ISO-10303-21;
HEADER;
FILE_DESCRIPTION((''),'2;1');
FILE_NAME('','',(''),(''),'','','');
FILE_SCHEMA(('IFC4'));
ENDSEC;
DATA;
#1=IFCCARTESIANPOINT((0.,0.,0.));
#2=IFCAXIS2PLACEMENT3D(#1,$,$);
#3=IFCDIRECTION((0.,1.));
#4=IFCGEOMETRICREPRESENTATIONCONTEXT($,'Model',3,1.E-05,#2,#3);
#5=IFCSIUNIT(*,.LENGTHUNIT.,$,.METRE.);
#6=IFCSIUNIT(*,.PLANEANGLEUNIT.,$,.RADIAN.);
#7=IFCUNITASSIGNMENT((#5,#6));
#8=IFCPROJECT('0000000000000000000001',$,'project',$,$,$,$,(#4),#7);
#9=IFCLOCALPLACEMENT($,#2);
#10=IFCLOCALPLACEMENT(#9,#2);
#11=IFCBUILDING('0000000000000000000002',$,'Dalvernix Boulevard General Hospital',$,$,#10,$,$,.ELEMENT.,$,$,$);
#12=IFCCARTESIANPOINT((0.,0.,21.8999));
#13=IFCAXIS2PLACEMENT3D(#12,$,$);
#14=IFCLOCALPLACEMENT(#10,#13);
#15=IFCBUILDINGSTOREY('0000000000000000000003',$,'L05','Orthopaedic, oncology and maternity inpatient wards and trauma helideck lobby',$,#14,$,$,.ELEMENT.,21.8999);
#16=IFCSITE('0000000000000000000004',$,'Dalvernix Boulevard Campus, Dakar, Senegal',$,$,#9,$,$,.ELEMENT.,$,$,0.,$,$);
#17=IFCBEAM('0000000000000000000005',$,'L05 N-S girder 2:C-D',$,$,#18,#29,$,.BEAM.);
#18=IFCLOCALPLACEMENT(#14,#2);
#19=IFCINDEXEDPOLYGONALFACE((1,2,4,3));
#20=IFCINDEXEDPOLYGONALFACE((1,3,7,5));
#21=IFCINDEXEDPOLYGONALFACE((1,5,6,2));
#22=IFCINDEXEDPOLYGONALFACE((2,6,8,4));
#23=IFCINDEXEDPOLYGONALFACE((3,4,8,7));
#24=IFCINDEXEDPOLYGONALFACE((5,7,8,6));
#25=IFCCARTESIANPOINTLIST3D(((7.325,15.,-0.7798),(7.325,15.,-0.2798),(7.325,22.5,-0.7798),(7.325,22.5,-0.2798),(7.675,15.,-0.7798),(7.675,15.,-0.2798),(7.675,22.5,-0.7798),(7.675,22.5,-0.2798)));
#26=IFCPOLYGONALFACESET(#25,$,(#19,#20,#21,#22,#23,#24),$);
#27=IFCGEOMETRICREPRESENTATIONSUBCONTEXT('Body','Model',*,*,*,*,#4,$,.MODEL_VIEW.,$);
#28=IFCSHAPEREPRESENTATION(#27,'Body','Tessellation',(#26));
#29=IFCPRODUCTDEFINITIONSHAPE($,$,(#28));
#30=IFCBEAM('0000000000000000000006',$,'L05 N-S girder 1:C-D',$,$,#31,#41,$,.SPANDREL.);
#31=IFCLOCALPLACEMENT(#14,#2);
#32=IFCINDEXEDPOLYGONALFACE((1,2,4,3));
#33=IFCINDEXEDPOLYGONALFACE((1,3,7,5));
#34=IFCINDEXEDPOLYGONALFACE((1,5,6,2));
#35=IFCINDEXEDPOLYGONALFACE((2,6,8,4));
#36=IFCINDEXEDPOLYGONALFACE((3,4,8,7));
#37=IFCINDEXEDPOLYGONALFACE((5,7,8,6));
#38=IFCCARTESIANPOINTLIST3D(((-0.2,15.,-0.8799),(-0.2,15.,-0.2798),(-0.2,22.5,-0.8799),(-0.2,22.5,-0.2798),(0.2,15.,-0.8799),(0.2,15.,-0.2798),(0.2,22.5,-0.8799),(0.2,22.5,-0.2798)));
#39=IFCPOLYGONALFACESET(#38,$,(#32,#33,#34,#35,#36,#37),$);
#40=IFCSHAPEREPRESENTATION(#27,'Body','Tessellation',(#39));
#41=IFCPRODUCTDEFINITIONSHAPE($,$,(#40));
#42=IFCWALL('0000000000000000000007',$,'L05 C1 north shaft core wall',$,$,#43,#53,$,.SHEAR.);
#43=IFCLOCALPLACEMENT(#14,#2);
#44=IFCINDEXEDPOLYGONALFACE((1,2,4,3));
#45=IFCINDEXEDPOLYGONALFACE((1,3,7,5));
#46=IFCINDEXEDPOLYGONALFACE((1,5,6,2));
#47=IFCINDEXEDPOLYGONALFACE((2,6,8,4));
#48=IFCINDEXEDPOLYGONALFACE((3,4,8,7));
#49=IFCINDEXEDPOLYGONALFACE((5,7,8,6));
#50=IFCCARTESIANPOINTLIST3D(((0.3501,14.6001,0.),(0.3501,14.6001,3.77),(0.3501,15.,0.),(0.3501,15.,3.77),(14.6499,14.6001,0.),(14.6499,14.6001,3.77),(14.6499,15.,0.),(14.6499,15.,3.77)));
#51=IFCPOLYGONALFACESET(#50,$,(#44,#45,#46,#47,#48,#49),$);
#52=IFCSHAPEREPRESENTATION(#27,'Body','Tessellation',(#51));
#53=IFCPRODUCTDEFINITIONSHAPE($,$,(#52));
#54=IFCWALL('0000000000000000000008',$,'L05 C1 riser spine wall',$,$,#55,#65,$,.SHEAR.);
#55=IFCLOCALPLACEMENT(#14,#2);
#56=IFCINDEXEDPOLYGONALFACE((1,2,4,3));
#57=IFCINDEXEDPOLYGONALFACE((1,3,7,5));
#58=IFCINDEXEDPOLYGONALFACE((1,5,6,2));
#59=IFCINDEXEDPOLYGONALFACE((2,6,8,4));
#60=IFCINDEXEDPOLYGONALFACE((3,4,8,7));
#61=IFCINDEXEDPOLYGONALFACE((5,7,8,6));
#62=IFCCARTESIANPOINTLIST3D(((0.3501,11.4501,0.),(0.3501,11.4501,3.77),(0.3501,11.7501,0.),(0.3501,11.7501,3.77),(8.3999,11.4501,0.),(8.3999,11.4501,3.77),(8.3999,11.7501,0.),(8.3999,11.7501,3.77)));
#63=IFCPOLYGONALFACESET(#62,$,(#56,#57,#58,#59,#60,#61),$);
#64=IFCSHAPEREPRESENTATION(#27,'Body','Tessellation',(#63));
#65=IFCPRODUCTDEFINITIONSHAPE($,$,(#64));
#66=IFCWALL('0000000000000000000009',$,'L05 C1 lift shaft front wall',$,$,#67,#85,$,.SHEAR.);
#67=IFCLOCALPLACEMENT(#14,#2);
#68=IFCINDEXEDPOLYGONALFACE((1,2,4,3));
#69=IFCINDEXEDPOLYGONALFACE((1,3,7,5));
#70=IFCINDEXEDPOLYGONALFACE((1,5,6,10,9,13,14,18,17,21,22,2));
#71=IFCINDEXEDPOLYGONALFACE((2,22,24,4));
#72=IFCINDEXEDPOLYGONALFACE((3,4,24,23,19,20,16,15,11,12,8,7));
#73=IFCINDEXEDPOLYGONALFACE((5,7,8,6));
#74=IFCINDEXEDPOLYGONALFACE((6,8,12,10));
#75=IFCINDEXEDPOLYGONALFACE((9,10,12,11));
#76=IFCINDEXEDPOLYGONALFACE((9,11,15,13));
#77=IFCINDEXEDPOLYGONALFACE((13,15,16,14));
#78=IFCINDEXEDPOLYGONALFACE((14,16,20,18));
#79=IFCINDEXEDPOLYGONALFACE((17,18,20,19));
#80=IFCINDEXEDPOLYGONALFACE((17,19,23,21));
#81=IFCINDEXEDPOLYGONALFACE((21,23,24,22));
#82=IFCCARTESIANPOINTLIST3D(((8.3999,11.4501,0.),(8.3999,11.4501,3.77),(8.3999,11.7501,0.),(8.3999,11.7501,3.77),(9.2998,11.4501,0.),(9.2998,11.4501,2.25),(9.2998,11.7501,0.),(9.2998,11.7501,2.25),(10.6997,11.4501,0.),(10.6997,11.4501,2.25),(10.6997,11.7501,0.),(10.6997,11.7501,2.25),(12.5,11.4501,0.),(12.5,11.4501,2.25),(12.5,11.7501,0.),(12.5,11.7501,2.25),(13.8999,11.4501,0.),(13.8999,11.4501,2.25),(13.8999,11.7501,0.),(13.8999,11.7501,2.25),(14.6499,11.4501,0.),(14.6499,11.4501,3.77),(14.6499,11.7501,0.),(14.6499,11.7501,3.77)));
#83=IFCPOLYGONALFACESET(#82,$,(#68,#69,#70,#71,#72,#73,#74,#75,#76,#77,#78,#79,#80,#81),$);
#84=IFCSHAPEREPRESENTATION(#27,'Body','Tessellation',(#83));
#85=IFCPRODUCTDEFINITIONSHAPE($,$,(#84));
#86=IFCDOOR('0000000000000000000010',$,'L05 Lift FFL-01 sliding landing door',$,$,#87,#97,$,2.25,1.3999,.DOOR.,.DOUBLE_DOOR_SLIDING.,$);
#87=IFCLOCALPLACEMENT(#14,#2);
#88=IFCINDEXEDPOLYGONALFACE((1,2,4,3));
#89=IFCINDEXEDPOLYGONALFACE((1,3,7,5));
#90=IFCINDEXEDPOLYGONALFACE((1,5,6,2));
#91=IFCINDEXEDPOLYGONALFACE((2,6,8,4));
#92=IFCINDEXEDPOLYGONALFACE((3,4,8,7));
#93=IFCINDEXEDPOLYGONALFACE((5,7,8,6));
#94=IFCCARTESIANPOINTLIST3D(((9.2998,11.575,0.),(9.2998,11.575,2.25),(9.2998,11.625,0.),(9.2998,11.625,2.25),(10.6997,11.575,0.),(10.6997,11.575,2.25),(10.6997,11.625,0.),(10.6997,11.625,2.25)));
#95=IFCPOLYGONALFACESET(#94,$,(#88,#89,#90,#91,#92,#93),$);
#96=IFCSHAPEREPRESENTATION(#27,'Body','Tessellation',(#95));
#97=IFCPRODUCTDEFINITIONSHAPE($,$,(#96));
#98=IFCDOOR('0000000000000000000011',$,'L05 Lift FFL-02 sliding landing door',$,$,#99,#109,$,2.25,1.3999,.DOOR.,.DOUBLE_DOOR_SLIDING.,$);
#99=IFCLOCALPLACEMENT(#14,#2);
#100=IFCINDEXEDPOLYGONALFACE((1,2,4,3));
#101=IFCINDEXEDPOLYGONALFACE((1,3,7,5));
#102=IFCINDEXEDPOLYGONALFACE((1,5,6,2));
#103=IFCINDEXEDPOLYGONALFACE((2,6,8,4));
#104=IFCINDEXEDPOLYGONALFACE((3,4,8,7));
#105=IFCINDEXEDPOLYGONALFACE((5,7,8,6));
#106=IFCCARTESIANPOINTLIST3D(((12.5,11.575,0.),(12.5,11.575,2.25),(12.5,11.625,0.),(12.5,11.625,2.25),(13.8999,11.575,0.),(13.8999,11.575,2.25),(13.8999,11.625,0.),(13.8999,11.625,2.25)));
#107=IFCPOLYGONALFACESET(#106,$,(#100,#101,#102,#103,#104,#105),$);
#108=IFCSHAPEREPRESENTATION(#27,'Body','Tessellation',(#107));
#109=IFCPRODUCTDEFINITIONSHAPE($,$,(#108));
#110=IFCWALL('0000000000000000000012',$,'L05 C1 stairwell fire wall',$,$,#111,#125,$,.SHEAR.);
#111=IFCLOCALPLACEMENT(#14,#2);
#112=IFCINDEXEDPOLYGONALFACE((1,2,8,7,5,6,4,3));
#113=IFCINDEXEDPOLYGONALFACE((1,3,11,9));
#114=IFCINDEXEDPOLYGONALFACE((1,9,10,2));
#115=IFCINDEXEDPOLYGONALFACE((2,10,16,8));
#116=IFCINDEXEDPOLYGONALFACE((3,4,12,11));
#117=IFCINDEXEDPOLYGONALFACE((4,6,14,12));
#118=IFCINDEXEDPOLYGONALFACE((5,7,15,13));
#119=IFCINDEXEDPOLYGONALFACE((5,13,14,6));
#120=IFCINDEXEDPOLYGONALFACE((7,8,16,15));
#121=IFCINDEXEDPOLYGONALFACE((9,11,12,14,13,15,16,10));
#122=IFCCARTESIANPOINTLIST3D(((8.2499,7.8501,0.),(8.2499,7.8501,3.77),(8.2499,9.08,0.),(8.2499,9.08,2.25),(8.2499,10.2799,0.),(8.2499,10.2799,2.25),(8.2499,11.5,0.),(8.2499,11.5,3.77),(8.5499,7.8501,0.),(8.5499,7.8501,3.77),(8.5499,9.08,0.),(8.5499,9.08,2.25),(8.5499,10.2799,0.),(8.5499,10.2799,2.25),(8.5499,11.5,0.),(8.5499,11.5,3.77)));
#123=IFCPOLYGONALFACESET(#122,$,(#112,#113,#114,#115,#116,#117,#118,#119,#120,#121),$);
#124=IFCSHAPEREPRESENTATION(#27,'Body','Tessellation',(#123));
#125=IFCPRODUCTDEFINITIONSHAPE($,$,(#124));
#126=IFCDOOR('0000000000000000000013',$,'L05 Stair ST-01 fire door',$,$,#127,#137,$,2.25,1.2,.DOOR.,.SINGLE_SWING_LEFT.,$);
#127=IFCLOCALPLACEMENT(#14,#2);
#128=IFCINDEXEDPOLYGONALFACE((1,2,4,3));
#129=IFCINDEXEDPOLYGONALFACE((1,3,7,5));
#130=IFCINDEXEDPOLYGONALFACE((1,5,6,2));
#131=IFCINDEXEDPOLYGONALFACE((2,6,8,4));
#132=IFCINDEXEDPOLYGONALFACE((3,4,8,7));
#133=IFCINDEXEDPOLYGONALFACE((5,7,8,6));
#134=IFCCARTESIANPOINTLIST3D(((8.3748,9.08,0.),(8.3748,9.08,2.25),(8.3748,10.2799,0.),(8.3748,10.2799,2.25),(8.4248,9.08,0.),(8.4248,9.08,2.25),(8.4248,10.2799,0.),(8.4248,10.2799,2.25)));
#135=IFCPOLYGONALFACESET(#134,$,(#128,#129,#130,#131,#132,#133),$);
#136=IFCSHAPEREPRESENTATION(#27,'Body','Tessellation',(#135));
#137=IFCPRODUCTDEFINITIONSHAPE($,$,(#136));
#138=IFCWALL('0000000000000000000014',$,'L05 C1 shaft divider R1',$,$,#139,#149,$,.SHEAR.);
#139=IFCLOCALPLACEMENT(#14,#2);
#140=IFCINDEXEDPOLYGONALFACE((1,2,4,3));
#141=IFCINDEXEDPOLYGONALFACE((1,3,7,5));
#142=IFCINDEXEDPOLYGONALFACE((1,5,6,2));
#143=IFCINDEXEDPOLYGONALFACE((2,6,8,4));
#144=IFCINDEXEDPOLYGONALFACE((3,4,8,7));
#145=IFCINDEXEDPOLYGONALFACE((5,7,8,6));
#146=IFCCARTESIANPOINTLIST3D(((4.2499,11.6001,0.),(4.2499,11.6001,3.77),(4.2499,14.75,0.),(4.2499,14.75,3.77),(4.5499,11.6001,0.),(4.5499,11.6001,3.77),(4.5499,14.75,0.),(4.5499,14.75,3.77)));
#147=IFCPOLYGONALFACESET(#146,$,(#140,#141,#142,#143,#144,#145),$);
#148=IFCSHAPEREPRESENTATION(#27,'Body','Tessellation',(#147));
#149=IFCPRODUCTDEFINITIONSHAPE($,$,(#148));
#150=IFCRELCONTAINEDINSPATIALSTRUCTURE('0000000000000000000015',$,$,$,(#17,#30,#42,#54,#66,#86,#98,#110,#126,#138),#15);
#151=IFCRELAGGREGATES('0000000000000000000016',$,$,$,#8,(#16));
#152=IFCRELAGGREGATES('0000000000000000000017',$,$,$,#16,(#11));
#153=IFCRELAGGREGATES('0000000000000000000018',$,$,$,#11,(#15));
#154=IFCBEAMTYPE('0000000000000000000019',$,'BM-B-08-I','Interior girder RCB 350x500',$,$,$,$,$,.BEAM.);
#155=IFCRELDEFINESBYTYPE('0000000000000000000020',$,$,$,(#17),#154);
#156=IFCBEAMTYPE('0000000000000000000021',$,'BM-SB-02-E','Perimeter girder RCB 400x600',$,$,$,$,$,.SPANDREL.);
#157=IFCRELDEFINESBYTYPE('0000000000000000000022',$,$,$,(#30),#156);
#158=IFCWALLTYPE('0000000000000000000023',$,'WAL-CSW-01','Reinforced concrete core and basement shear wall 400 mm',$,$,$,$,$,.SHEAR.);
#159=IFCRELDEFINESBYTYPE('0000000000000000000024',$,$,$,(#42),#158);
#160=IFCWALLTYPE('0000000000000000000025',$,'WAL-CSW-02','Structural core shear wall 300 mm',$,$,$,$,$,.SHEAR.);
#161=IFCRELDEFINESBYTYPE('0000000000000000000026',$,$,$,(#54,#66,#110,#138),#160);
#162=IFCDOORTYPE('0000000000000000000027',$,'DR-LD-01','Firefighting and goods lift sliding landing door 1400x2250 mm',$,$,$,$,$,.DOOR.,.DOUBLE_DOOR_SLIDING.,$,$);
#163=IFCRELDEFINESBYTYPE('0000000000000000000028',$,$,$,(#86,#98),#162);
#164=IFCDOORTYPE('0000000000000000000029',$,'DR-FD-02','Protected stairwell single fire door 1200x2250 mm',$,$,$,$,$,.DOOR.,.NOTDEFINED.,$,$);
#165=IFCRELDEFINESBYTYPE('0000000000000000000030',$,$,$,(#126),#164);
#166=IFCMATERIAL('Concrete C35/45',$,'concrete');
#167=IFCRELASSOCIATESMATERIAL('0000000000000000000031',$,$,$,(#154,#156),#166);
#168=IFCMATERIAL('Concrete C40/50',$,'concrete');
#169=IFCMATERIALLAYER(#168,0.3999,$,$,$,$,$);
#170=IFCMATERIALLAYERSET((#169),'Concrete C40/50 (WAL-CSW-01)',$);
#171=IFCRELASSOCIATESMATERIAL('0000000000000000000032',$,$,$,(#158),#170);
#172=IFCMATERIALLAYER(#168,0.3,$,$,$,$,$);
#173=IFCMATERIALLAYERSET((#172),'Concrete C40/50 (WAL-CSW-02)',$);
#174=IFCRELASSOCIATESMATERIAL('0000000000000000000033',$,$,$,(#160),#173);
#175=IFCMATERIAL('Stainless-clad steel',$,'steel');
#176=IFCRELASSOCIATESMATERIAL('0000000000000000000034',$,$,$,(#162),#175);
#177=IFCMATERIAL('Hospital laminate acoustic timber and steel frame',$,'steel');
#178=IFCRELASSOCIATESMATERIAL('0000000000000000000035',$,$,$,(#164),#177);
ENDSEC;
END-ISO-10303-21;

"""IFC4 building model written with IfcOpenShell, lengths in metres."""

from ifc_helpers import new_model, si_unit, direction, frame, frame_2d, origin, origin_2d, place, context, subcontext, project, spatial, rectangle, extrude, material, layer, layer_set, material_profile, profile_set, type_object, element, fill, save


model = new_model("IFC4")

# Units and contexts
model_context = context("Model", 3, precision=1e-05, world=origin(), true_north=direction((0.0, 1.0)))
body_context = subcontext(model_context, "Body", "Model", "MODEL_VIEW")
ifc_project = project(units=[si_unit("LENGTHUNIT", "METRE"), si_unit("PLANEANGLEUNIT", "RADIAN")], contexts=[model_context])

# Site, building, storey
site_placement = place(None, origin())
site = spatial("IfcSite", under=ifc_project, at=site_placement, Name="Dalvernix Boulevard Campus, Dakar, Senegal", CompositionType="ELEMENT", RefElevation=0.0)
building_placement = place(site_placement, origin())
building = spatial("IfcBuilding", under=site, at=building_placement, Name="Dalvernix Boulevard General Hospital", CompositionType="ELEMENT")
storey_placement = place(building_placement, frame((0.0, 0.0, 21.8999)))
storey = spatial("IfcBuildingStorey", under=building, at=storey_placement, Name="L05", Description="Orthopaedic, oncology and maternity inpatient wards and trauma helideck lobby", CompositionType="ELEMENT", Elevation=21.8999)

# Shared definitions
ifc_material_1 = material(Name="Concrete C40/50", Category="concrete")

# Beams
ifc_material_2 = material(Name="Concrete C35/45", Category="concrete")
ifc_material_profile_1 = material_profile(ifc_material_2, rectangle(XDim=0.3501, YDim=0.5, at=origin_2d()), Name="RCB 350x500")
ifc_profile_set_1 = profile_set([ifc_material_profile_1], Name="Concrete C35/45")
beam_type_1 = type_object("IfcBeamType", Name="BM-B-08-I", Description="Interior girder RCB 350x500", PredefinedType="BEAM", material=ifc_profile_set_1)
beam_1_placement = place(storey_placement, frame((7.5, 15.0, -0.5298), z_axis=(0.0, 1.0, 0.0), x_axis=(-1.0, 0.0, 0.0)))
element("IfcBeam", 1, at=beam_1_placement, inside=storey, type_object=beam_type_1, Name="L05 N-S girder 2:C-D", PredefinedType="BEAM", context=body_context, shape_type="SweptSolid", body=[
    extrude(rectangle(XDim=0.3501, YDim=0.5, at=origin_2d()), origin(), (0.0, 0.0, 1.0), 7.5),
])
ifc_material_profile_2 = material_profile(ifc_material_2, rectangle(XDim=0.3999, YDim=0.6001, at=origin_2d()), Name="RCB 400x600")
ifc_profile_set_2 = profile_set([ifc_material_profile_2], Name="Concrete C35/45")
beam_type_2 = type_object("IfcBeamType", Name="BM-SB-02-E", Description="Perimeter girder RCB 400x600", PredefinedType="SPANDREL", material=ifc_profile_set_2)
beam_2_placement = place(storey_placement, frame((0.0, 15.0, -0.5798), z_axis=(0.0, 1.0, 0.0), x_axis=(-1.0, 0.0, 0.0)))
element("IfcBeam", 2, at=beam_2_placement, inside=storey, type_object=beam_type_2, Name="L05 N-S girder 1:C-D", PredefinedType="SPANDREL", context=body_context, shape_type="SweptSolid", body=[
    extrude(rectangle(XDim=0.3999, YDim=0.6001, at=origin_2d()), origin(), (0.0, 0.0, 1.0), 7.5),
])

# Walls
ifc_layer_1 = layer(ifc_material_1, 0.3999)
ifc_layer_set_1 = layer_set([ifc_layer_1], Name="Concrete C40/50 (WAL-CSW-01)")
wall_type_1 = type_object("IfcWallType", Name="WAL-CSW-01", Description="Reinforced concrete core and basement shear wall 400 mm", PredefinedType="SHEAR", material=ifc_layer_set_1)
wall_1_placement = place(storey_placement, frame((0.3501, 14.8, 0.0), z_axis=(0.0, 0.0, 1.0), x_axis=(1.0, 0.0, 0.0)))
element("IfcWall", 3, at=wall_1_placement, inside=storey, type_object=wall_type_1, Name="L05 C1 north shaft core wall", PredefinedType="SHEAR", context=body_context, shape_type="SweptSolid", body=[
    extrude(rectangle(XDim=14.2998, YDim=0.3999, at=frame_2d((7.1499, 0.0))), origin(), (0.0, 0.0, 1.0), 3.77),
])
ifc_layer_2 = layer(ifc_material_1, 0.3)
ifc_layer_set_2 = layer_set([ifc_layer_2], Name="Concrete C40/50 (WAL-CSW-02)")
wall_type_2 = type_object("IfcWallType", Name="WAL-CSW-02", Description="Structural core shear wall 300 mm", PredefinedType="SHEAR", material=ifc_layer_set_2)
wall_2_placement = place(storey_placement, frame((0.3501, 11.6001, 0.0), z_axis=(0.0, 0.0, 1.0), x_axis=(1.0, 0.0, 0.0)))
element("IfcWall", 4, at=wall_2_placement, inside=storey, type_object=wall_type_2, Name="L05 C1 riser spine wall", PredefinedType="SHEAR", context=body_context, shape_type="SweptSolid", body=[
    extrude(rectangle(XDim=8.0498, YDim=0.3, at=frame_2d((4.0249, 0.0))), origin(), (0.0, 0.0, 1.0), 3.77),
])

# Wall, openings, doors
wall_3_placement = place(storey_placement, frame((8.3999, 11.6001, 0.0), z_axis=(0.0, 0.0, 1.0), x_axis=(1.0, 0.0, 0.0)))
wall_3 = element("IfcWall", 5, at=wall_3_placement, inside=storey, type_object=wall_type_2, Name="L05 C1 lift shaft front wall", PredefinedType="SHEAR", context=body_context, shape_type="SweptSolid", body=[
    extrude(rectangle(XDim=6.25, YDim=0.3, at=frame_2d((3.125, 0.0))), origin(), (0.0, 0.0, 1.0), 3.77),
])
opening_1_placement = place(wall_3_placement, frame((0.8999, 0.0, 0.0)))
opening_1 = element("IfcOpeningElement", 6, at=opening_1_placement, cuts=wall_3, PredefinedType="OPENING", context=body_context, shape_type="SweptSolid", body=[
    extrude(rectangle(XDim=1.3999, YDim=2.25, at=frame_2d((0.7, 1.125))), frame((0.0, 0.1599, 0.0), z_axis=(0.0, -1.0, 0.0), x_axis=(1.0, 0.0, 0.0)), (0.0, 0.0, 1.0), 0.3201),
])
opening_2_placement = place(wall_3_placement, frame((4.1001, 0.0, 0.0)))
opening_2 = element("IfcOpeningElement", 7, at=opening_2_placement, cuts=wall_3, PredefinedType="OPENING", context=body_context, shape_type="SweptSolid", body=[
    extrude(rectangle(XDim=1.3999, YDim=2.25, at=frame_2d((0.7, 1.125))), frame((0.0, 0.1599, 0.0), z_axis=(0.0, -1.0, 0.0), x_axis=(1.0, 0.0, 0.0)), (0.0, 0.0, 1.0), 0.3201),
])
ifc_material_3 = material(Name="Stainless-clad steel", Category="steel")
door_type_1 = type_object("IfcDoorType", Name="DR-LD-01", Description="Firefighting and goods lift sliding landing door 1400x2250 mm", OperationType="DOUBLE_DOOR_SLIDING", PredefinedType="DOOR", material=ifc_material_3)
door_1_placement = place(opening_1_placement, origin())
door_1 = element("IfcDoor", 8, at=door_1_placement, inside=storey, type_object=door_type_1, Name="L05 Lift FFL-01 sliding landing door", OperationType="DOUBLE_DOOR_SLIDING", OverallHeight=2.25, OverallWidth=1.3999, PredefinedType="DOOR", context=body_context, shape_type="SweptSolid", body=[
    extrude(rectangle(XDim=1.3999, YDim=2.25, at=frame_2d((0.7, 1.125))), frame((0.0, 0.0249, 0.0), z_axis=(0.0, -1.0, 0.0), x_axis=(1.0, 0.0, 0.0)), (0.0, 0.0, 1.0), 0.05),
])
fill(opening_1, door_1)
door_2_placement = place(opening_2_placement, origin())
door_2 = element("IfcDoor", 9, at=door_2_placement, inside=storey, type_object=door_type_1, Name="L05 Lift FFL-02 sliding landing door", OperationType="DOUBLE_DOOR_SLIDING", OverallHeight=2.25, OverallWidth=1.3999, PredefinedType="DOOR", context=body_context, shape_type="SweptSolid", body=[
    extrude(rectangle(XDim=1.3999, YDim=2.25, at=frame_2d((0.7, 1.125))), frame((0.0, 0.0249, 0.0), z_axis=(0.0, -1.0, 0.0), x_axis=(1.0, 0.0, 0.0)), (0.0, 0.0, 1.0), 0.05),
])
fill(opening_2, door_2)

# Wall, opening, door
wall_4_placement = place(storey_placement, frame((8.3999, 11.5, 0.0), z_axis=(0.0, 0.0, 1.0), x_axis=(0.0, -1.0, 0.0)))
wall_4 = element("IfcWall", 10, at=wall_4_placement, inside=storey, type_object=wall_type_2, Name="L05 C1 stairwell fire wall", PredefinedType="SHEAR", context=body_context, shape_type="SweptSolid", body=[
    extrude(rectangle(XDim=3.6499, YDim=0.3, at=frame_2d((1.825, 0.0))), origin(), (0.0, 0.0, 1.0), 3.77),
])
opening_3_placement = place(wall_4_placement, frame((1.22, 0.0, 0.0)))
opening_3 = element("IfcOpeningElement", 11, at=opening_3_placement, cuts=wall_4, PredefinedType="OPENING", context=body_context, shape_type="SweptSolid", body=[
    extrude(rectangle(XDim=1.2, YDim=2.25, at=frame_2d((0.6001, 1.125))), frame((0.0, 0.1599, 0.0), z_axis=(0.0, -1.0, 0.0), x_axis=(1.0, 0.0, 0.0)), (0.0, 0.0, 1.0), 0.3201),
])
ifc_material_4 = material(Name="Hospital laminate acoustic timber and steel frame", Category="steel")
door_type_2 = type_object("IfcDoorType", Name="DR-FD-02", Description="Protected stairwell single fire door 1200x2250 mm", OperationType="NOTDEFINED", PredefinedType="DOOR", material=ifc_material_4)
door_3_placement = place(opening_3_placement, origin())
door_3 = element("IfcDoor", 12, at=door_3_placement, inside=storey, type_object=door_type_2, Name="L05 Stair ST-01 fire door", OperationType="SINGLE_SWING_LEFT", OverallHeight=2.25, OverallWidth=1.2, PredefinedType="DOOR", context=body_context, shape_type="SweptSolid", body=[
    extrude(rectangle(XDim=1.2, YDim=2.25, at=frame_2d((0.6001, 1.125))), frame((0.0, 0.0249, 0.0), z_axis=(0.0, -1.0, 0.0), x_axis=(1.0, 0.0, 0.0)), (0.0, 0.0, 1.0), 0.05),
])
fill(opening_3, door_3)

# Wall
wall_5_placement = place(storey_placement, frame((4.3999, 11.6001, 0.0), z_axis=(0.0, 0.0, 1.0), x_axis=(0.0, 1.0, 0.0)))
element("IfcWall", 13, at=wall_5_placement, inside=storey, type_object=wall_type_2, Name="L05 C1 shaft divider R1", PredefinedType="SHEAR", context=body_context, shape_type="SweptSolid", body=[
    extrude(rectangle(XDim=3.1499, YDim=0.3, at=frame_2d((1.575, 0.0))), origin(), (0.0, 0.0, 1.0), 3.77),
])

save(model, "model.ifc")
